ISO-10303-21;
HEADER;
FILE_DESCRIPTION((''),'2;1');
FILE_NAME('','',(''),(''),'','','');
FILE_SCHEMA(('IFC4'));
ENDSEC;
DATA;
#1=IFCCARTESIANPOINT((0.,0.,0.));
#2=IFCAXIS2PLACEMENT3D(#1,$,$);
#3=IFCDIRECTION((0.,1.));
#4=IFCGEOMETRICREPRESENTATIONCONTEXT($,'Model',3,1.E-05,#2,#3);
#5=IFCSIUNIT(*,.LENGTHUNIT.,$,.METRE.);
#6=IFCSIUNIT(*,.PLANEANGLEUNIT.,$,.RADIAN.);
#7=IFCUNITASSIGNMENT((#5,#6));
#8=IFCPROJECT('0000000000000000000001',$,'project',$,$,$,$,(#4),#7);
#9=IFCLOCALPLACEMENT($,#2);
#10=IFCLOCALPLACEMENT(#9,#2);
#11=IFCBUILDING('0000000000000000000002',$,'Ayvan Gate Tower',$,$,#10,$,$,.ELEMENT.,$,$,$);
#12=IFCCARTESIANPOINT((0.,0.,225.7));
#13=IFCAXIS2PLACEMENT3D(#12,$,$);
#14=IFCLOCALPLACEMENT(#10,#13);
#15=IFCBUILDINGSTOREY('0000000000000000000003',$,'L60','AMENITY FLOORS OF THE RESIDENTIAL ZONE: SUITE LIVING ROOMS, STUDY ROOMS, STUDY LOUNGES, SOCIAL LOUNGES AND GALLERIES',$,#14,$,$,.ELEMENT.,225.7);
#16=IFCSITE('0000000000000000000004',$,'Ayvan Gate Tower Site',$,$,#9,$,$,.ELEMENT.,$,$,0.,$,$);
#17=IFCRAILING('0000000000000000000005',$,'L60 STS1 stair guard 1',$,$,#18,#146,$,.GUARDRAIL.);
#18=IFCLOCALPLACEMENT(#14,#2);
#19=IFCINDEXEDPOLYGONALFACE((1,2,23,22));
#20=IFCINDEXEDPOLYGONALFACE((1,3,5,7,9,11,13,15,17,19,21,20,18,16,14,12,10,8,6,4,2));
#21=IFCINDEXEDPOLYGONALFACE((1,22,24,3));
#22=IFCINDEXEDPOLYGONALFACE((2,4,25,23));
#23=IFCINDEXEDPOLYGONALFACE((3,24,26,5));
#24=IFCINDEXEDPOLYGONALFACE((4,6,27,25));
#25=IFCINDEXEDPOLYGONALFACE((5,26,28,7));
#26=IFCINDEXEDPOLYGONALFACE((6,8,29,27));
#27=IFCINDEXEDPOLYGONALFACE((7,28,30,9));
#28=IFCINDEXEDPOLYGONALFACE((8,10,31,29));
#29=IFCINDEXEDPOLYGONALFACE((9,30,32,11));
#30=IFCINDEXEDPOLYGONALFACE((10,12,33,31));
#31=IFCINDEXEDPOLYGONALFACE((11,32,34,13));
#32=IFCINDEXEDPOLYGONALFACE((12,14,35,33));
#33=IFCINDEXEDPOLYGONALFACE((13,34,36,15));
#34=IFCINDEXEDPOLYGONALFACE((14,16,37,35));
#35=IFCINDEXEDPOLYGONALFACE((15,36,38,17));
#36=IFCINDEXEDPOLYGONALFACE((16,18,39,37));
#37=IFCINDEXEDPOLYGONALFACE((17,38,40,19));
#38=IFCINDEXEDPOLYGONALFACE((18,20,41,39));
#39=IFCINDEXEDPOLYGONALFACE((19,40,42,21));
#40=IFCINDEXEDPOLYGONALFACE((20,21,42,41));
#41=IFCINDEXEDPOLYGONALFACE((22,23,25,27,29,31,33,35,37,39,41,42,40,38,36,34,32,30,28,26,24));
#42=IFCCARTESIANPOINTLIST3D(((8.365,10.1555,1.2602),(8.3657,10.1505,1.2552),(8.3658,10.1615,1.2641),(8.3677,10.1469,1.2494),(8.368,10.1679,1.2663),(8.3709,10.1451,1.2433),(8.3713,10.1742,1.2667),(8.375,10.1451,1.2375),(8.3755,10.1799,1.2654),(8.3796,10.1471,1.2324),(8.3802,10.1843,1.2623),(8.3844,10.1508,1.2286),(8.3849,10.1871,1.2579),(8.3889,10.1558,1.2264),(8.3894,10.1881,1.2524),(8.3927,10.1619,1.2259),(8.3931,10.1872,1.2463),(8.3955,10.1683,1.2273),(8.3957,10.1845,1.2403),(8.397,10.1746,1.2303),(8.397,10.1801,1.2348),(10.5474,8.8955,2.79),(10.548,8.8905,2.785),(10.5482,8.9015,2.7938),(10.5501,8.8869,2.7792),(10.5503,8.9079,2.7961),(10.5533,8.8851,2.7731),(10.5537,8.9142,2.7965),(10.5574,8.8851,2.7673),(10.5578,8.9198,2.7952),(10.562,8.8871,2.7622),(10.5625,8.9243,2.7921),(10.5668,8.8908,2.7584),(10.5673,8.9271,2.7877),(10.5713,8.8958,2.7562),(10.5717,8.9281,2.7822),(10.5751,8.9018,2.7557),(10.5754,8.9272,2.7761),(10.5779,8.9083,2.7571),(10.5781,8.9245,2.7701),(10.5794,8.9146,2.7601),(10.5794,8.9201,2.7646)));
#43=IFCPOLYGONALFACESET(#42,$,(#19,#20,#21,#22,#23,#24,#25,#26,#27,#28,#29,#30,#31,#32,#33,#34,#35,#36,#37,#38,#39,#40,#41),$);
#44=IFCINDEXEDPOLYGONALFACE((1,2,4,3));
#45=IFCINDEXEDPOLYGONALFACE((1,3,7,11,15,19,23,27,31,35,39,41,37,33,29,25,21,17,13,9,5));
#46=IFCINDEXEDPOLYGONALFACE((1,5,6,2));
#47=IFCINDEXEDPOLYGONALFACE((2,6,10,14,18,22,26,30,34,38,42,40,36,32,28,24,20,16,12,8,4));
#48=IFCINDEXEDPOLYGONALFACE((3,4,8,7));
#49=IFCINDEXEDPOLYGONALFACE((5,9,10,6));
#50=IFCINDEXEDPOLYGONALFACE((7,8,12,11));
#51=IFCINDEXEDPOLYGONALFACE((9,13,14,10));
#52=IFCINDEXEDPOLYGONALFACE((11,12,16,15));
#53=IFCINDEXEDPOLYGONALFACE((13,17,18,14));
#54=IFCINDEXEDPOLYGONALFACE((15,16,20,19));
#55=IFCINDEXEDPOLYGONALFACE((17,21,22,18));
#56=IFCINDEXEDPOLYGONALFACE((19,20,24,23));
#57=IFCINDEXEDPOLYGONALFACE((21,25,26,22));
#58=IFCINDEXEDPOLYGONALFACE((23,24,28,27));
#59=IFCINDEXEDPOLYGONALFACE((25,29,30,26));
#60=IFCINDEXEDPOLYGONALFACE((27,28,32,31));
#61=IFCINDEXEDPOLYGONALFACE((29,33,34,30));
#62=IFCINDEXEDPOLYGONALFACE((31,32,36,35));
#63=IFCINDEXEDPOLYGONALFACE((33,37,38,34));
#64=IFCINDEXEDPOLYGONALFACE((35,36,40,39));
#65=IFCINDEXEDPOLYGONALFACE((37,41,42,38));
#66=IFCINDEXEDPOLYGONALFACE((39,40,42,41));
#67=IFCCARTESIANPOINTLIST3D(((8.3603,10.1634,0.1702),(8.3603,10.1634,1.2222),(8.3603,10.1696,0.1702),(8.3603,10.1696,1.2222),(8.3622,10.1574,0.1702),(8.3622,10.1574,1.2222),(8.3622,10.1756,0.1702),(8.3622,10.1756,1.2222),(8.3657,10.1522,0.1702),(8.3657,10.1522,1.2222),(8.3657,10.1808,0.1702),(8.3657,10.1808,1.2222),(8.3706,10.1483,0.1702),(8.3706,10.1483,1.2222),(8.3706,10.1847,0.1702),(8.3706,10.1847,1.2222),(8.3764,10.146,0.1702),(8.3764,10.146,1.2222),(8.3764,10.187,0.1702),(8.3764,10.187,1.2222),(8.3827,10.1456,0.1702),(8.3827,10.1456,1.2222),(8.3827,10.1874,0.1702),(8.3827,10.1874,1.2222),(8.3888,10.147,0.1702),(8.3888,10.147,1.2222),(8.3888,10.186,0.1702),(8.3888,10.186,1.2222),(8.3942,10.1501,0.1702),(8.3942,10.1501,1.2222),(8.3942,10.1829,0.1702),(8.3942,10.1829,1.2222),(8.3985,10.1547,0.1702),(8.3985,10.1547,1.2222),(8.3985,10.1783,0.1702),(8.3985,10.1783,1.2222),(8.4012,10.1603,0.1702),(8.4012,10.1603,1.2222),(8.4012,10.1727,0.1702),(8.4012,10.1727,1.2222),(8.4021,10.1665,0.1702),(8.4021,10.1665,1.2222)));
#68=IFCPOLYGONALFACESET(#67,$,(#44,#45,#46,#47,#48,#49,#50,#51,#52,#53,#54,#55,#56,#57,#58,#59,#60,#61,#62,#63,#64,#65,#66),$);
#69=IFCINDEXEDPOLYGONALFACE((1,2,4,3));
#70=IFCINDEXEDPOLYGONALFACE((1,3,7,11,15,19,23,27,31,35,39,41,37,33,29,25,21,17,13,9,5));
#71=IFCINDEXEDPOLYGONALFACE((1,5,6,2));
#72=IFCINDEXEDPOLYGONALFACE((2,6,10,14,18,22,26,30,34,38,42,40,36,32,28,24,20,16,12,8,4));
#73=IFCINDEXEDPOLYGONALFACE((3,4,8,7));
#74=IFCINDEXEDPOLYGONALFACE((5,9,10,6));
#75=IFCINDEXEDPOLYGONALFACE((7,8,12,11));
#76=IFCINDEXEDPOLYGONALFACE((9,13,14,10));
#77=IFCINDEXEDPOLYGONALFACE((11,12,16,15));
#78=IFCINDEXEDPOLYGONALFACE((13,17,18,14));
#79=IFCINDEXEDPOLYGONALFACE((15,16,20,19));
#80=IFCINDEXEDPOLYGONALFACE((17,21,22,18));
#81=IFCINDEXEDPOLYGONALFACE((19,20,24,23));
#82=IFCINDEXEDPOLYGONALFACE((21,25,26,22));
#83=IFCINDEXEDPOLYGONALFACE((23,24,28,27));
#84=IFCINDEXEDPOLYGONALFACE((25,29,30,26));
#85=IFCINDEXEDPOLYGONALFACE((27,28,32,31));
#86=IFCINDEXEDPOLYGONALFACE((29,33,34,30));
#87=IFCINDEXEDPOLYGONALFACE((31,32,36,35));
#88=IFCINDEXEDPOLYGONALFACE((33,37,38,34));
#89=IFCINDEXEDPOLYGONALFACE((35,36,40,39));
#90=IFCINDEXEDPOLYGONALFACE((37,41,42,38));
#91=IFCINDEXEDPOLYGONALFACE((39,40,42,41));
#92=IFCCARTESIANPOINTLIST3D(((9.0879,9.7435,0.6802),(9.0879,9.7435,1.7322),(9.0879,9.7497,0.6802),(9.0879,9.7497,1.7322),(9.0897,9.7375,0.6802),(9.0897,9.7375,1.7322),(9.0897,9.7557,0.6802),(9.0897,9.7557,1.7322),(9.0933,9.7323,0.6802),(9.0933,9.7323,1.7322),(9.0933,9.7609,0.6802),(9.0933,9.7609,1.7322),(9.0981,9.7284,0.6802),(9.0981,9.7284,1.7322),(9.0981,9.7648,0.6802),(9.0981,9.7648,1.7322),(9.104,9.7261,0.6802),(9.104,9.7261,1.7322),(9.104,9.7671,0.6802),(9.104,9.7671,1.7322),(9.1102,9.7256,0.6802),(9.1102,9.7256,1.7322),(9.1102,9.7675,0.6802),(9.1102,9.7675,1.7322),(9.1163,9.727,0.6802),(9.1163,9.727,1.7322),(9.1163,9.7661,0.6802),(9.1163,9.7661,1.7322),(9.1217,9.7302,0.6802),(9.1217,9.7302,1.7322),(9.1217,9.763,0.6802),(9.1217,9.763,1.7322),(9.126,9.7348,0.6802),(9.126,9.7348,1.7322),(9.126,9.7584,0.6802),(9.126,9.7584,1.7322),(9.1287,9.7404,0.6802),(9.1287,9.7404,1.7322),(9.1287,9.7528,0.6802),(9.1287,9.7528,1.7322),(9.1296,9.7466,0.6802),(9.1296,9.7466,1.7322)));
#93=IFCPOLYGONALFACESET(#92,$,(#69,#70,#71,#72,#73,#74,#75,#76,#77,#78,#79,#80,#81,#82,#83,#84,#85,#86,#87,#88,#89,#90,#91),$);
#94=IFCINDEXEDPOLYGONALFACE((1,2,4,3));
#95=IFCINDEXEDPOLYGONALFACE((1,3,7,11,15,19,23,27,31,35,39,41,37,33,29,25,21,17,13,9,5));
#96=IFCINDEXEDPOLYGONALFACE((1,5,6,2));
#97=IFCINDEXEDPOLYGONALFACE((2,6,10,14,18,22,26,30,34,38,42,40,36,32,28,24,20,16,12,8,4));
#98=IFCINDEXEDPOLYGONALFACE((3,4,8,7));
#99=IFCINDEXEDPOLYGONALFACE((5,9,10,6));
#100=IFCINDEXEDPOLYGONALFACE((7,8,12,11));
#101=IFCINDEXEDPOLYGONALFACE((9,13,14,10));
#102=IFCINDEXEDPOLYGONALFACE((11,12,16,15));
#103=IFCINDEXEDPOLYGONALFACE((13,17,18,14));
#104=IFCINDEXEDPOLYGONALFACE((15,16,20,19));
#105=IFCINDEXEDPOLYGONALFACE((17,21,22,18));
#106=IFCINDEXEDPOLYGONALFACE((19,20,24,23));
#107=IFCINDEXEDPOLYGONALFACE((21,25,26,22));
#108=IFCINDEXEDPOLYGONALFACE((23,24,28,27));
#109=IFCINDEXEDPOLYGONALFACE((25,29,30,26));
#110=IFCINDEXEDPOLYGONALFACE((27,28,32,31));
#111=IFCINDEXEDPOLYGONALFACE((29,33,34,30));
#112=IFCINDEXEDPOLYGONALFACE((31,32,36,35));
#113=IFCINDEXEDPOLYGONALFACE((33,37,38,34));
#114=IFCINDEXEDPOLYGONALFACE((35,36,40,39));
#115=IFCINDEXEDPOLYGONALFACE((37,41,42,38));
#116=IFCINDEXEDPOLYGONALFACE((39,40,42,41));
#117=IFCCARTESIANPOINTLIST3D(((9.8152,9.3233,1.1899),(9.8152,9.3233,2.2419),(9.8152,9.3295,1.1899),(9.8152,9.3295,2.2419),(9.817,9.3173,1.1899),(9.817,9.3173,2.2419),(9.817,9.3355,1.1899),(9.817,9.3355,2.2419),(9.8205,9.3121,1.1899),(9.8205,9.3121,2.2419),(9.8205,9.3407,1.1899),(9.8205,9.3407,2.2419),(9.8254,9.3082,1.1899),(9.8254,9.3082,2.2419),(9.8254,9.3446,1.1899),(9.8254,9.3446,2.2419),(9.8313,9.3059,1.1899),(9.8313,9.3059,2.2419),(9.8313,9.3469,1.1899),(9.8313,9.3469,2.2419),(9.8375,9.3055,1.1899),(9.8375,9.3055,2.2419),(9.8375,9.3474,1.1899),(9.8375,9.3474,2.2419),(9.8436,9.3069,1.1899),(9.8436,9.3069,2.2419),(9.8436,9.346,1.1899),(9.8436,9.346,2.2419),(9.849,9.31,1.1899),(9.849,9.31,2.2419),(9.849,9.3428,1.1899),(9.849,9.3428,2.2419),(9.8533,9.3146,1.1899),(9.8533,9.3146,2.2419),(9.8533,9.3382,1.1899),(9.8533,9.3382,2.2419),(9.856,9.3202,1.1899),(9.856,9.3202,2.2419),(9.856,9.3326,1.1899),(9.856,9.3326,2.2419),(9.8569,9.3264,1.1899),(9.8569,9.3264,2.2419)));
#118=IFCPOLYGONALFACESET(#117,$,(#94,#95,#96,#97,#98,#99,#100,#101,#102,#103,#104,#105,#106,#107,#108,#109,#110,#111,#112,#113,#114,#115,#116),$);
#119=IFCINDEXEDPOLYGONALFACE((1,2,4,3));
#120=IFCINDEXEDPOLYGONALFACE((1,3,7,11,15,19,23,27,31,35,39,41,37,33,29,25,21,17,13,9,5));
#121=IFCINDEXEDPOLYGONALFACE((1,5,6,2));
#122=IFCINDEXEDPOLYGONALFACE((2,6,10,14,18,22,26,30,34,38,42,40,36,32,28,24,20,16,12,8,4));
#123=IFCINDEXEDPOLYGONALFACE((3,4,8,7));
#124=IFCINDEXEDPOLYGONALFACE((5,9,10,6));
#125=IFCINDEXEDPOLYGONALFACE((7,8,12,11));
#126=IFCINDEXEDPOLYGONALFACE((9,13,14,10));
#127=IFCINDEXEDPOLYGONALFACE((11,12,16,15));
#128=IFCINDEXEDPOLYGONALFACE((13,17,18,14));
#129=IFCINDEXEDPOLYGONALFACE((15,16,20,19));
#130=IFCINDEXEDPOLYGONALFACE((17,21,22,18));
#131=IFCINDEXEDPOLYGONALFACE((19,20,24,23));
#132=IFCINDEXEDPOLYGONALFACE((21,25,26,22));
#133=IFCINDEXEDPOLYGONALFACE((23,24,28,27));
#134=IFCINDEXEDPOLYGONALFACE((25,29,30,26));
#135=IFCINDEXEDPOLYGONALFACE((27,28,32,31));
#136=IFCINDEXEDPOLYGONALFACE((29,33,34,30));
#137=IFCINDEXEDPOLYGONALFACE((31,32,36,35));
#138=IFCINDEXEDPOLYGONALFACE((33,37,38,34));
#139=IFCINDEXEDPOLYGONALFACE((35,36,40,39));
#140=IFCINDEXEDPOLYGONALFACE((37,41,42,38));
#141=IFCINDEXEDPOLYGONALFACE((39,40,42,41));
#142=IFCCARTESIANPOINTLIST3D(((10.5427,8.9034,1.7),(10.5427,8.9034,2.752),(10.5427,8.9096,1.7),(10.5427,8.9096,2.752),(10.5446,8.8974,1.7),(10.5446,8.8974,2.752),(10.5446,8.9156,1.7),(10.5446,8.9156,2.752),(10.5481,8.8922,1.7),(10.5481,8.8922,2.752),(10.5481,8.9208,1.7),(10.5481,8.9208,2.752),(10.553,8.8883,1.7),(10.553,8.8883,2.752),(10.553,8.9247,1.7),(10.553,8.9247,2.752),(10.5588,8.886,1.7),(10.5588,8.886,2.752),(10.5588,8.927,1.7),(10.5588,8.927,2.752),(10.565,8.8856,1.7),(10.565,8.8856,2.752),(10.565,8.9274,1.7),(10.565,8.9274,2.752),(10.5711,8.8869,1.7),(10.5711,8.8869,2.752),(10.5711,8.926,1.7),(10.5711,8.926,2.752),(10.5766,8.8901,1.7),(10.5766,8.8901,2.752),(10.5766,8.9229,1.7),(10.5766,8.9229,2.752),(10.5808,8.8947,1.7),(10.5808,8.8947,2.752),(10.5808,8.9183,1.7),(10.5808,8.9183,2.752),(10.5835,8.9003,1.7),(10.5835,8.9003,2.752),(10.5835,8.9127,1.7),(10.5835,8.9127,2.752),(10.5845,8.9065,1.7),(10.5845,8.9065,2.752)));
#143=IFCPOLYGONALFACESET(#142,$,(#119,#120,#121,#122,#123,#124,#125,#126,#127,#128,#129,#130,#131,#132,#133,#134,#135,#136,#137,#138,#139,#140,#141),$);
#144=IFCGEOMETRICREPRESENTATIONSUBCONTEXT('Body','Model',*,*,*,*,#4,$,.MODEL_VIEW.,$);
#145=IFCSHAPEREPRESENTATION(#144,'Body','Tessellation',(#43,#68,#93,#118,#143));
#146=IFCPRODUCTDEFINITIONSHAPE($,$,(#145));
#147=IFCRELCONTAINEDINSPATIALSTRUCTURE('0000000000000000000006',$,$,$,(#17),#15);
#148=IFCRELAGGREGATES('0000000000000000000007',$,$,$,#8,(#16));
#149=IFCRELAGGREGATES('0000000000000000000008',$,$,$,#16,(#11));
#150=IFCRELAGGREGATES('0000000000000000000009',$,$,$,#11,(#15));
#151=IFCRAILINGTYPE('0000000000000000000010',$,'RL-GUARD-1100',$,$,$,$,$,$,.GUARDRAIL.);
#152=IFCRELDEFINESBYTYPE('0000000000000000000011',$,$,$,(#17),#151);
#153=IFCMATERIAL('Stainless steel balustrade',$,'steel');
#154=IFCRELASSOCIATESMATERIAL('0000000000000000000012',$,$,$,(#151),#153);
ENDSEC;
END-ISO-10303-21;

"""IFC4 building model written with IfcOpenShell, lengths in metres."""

from ifc_helpers import new_model, si_unit, direction, frame, origin, origin_2d, place, context, subcontext, project, spatial, circle, extrude, material, type_object, element, save


model = new_model("IFC4")

# Units and contexts
model_context = context("Model", 3, precision=1e-05, world=origin(), true_north=direction((0.0, 1.0)))
body_context = subcontext(model_context, "Body", "Model", "MODEL_VIEW")
ifc_project = project(units=[si_unit("LENGTHUNIT", "METRE"), si_unit("PLANEANGLEUNIT", "RADIAN")], contexts=[model_context])

# Site, building, storey
site_placement = place(None, origin())
site = spatial("IfcSite", under=ifc_project, at=site_placement, Name="Ayvan Gate Tower Site", CompositionType="ELEMENT", RefElevation=0.0)
building_placement = place(site_placement, origin())
building = spatial("IfcBuilding", under=site, at=building_placement, Name="Ayvan Gate Tower", CompositionType="ELEMENT")
storey_placement = place(building_placement, frame((0.0, 0.0, 225.7)))
storey = spatial("IfcBuildingStorey", under=building, at=storey_placement, Name="L60", Description="AMENITY FLOORS OF THE RESIDENTIAL ZONE: SUITE LIVING ROOMS, STUDY ROOMS, STUDY LOUNGES, SOCIAL LOUNGES AND GALLERIES", CompositionType="ELEMENT", Elevation=225.7)

# Railing
ifc_material_1 = material(Name="Stainless steel balustrade", Category="steel")
railing_type_1 = type_object("IfcRailingType", Name="RL-GUARD-1100", PredefinedType="GUARDRAIL", material=ifc_material_1)
railing_1_placement = place(storey_placement, frame((8.3811, 10.1665, 0.1702)))
element("IfcRailing", 1, at=railing_1_placement, inside=storey, type_object=railing_type_1, Name="L60 STS1 stair guard 1", PredefinedType="GUARDRAIL", context=body_context, shape_type="SweptSolid", body=[
    extrude(circle(Radius=0.0239, at=origin_2d()), frame((0.0, 0.0, 1.0762), z_axis=(0.740293, -0.427414, 0.518926), x_axis=(0.500005, 0.866023, 0.0)), (0.0, 0.0, 1.0), 2.948),
    extrude(circle(Radius=0.021, at=origin_2d()), origin(), (0.0, 0.0, 1.0), 1.052),
    extrude(circle(Radius=0.021, at=origin_2d()), frame((0.7275, -0.4199, 0.51)), (0.0, 0.0, 1.0), 1.052),
    extrude(circle(Radius=0.021, at=origin_2d()), frame((1.4548, -0.8401, 1.0198)), (0.0, 0.0, 1.0), 1.052),
    extrude(circle(Radius=0.021, at=origin_2d()), frame((2.1824, -1.26, 1.5298)), (0.0, 0.0, 1.0), 1.052),
])

save(model, "model.ifc")
